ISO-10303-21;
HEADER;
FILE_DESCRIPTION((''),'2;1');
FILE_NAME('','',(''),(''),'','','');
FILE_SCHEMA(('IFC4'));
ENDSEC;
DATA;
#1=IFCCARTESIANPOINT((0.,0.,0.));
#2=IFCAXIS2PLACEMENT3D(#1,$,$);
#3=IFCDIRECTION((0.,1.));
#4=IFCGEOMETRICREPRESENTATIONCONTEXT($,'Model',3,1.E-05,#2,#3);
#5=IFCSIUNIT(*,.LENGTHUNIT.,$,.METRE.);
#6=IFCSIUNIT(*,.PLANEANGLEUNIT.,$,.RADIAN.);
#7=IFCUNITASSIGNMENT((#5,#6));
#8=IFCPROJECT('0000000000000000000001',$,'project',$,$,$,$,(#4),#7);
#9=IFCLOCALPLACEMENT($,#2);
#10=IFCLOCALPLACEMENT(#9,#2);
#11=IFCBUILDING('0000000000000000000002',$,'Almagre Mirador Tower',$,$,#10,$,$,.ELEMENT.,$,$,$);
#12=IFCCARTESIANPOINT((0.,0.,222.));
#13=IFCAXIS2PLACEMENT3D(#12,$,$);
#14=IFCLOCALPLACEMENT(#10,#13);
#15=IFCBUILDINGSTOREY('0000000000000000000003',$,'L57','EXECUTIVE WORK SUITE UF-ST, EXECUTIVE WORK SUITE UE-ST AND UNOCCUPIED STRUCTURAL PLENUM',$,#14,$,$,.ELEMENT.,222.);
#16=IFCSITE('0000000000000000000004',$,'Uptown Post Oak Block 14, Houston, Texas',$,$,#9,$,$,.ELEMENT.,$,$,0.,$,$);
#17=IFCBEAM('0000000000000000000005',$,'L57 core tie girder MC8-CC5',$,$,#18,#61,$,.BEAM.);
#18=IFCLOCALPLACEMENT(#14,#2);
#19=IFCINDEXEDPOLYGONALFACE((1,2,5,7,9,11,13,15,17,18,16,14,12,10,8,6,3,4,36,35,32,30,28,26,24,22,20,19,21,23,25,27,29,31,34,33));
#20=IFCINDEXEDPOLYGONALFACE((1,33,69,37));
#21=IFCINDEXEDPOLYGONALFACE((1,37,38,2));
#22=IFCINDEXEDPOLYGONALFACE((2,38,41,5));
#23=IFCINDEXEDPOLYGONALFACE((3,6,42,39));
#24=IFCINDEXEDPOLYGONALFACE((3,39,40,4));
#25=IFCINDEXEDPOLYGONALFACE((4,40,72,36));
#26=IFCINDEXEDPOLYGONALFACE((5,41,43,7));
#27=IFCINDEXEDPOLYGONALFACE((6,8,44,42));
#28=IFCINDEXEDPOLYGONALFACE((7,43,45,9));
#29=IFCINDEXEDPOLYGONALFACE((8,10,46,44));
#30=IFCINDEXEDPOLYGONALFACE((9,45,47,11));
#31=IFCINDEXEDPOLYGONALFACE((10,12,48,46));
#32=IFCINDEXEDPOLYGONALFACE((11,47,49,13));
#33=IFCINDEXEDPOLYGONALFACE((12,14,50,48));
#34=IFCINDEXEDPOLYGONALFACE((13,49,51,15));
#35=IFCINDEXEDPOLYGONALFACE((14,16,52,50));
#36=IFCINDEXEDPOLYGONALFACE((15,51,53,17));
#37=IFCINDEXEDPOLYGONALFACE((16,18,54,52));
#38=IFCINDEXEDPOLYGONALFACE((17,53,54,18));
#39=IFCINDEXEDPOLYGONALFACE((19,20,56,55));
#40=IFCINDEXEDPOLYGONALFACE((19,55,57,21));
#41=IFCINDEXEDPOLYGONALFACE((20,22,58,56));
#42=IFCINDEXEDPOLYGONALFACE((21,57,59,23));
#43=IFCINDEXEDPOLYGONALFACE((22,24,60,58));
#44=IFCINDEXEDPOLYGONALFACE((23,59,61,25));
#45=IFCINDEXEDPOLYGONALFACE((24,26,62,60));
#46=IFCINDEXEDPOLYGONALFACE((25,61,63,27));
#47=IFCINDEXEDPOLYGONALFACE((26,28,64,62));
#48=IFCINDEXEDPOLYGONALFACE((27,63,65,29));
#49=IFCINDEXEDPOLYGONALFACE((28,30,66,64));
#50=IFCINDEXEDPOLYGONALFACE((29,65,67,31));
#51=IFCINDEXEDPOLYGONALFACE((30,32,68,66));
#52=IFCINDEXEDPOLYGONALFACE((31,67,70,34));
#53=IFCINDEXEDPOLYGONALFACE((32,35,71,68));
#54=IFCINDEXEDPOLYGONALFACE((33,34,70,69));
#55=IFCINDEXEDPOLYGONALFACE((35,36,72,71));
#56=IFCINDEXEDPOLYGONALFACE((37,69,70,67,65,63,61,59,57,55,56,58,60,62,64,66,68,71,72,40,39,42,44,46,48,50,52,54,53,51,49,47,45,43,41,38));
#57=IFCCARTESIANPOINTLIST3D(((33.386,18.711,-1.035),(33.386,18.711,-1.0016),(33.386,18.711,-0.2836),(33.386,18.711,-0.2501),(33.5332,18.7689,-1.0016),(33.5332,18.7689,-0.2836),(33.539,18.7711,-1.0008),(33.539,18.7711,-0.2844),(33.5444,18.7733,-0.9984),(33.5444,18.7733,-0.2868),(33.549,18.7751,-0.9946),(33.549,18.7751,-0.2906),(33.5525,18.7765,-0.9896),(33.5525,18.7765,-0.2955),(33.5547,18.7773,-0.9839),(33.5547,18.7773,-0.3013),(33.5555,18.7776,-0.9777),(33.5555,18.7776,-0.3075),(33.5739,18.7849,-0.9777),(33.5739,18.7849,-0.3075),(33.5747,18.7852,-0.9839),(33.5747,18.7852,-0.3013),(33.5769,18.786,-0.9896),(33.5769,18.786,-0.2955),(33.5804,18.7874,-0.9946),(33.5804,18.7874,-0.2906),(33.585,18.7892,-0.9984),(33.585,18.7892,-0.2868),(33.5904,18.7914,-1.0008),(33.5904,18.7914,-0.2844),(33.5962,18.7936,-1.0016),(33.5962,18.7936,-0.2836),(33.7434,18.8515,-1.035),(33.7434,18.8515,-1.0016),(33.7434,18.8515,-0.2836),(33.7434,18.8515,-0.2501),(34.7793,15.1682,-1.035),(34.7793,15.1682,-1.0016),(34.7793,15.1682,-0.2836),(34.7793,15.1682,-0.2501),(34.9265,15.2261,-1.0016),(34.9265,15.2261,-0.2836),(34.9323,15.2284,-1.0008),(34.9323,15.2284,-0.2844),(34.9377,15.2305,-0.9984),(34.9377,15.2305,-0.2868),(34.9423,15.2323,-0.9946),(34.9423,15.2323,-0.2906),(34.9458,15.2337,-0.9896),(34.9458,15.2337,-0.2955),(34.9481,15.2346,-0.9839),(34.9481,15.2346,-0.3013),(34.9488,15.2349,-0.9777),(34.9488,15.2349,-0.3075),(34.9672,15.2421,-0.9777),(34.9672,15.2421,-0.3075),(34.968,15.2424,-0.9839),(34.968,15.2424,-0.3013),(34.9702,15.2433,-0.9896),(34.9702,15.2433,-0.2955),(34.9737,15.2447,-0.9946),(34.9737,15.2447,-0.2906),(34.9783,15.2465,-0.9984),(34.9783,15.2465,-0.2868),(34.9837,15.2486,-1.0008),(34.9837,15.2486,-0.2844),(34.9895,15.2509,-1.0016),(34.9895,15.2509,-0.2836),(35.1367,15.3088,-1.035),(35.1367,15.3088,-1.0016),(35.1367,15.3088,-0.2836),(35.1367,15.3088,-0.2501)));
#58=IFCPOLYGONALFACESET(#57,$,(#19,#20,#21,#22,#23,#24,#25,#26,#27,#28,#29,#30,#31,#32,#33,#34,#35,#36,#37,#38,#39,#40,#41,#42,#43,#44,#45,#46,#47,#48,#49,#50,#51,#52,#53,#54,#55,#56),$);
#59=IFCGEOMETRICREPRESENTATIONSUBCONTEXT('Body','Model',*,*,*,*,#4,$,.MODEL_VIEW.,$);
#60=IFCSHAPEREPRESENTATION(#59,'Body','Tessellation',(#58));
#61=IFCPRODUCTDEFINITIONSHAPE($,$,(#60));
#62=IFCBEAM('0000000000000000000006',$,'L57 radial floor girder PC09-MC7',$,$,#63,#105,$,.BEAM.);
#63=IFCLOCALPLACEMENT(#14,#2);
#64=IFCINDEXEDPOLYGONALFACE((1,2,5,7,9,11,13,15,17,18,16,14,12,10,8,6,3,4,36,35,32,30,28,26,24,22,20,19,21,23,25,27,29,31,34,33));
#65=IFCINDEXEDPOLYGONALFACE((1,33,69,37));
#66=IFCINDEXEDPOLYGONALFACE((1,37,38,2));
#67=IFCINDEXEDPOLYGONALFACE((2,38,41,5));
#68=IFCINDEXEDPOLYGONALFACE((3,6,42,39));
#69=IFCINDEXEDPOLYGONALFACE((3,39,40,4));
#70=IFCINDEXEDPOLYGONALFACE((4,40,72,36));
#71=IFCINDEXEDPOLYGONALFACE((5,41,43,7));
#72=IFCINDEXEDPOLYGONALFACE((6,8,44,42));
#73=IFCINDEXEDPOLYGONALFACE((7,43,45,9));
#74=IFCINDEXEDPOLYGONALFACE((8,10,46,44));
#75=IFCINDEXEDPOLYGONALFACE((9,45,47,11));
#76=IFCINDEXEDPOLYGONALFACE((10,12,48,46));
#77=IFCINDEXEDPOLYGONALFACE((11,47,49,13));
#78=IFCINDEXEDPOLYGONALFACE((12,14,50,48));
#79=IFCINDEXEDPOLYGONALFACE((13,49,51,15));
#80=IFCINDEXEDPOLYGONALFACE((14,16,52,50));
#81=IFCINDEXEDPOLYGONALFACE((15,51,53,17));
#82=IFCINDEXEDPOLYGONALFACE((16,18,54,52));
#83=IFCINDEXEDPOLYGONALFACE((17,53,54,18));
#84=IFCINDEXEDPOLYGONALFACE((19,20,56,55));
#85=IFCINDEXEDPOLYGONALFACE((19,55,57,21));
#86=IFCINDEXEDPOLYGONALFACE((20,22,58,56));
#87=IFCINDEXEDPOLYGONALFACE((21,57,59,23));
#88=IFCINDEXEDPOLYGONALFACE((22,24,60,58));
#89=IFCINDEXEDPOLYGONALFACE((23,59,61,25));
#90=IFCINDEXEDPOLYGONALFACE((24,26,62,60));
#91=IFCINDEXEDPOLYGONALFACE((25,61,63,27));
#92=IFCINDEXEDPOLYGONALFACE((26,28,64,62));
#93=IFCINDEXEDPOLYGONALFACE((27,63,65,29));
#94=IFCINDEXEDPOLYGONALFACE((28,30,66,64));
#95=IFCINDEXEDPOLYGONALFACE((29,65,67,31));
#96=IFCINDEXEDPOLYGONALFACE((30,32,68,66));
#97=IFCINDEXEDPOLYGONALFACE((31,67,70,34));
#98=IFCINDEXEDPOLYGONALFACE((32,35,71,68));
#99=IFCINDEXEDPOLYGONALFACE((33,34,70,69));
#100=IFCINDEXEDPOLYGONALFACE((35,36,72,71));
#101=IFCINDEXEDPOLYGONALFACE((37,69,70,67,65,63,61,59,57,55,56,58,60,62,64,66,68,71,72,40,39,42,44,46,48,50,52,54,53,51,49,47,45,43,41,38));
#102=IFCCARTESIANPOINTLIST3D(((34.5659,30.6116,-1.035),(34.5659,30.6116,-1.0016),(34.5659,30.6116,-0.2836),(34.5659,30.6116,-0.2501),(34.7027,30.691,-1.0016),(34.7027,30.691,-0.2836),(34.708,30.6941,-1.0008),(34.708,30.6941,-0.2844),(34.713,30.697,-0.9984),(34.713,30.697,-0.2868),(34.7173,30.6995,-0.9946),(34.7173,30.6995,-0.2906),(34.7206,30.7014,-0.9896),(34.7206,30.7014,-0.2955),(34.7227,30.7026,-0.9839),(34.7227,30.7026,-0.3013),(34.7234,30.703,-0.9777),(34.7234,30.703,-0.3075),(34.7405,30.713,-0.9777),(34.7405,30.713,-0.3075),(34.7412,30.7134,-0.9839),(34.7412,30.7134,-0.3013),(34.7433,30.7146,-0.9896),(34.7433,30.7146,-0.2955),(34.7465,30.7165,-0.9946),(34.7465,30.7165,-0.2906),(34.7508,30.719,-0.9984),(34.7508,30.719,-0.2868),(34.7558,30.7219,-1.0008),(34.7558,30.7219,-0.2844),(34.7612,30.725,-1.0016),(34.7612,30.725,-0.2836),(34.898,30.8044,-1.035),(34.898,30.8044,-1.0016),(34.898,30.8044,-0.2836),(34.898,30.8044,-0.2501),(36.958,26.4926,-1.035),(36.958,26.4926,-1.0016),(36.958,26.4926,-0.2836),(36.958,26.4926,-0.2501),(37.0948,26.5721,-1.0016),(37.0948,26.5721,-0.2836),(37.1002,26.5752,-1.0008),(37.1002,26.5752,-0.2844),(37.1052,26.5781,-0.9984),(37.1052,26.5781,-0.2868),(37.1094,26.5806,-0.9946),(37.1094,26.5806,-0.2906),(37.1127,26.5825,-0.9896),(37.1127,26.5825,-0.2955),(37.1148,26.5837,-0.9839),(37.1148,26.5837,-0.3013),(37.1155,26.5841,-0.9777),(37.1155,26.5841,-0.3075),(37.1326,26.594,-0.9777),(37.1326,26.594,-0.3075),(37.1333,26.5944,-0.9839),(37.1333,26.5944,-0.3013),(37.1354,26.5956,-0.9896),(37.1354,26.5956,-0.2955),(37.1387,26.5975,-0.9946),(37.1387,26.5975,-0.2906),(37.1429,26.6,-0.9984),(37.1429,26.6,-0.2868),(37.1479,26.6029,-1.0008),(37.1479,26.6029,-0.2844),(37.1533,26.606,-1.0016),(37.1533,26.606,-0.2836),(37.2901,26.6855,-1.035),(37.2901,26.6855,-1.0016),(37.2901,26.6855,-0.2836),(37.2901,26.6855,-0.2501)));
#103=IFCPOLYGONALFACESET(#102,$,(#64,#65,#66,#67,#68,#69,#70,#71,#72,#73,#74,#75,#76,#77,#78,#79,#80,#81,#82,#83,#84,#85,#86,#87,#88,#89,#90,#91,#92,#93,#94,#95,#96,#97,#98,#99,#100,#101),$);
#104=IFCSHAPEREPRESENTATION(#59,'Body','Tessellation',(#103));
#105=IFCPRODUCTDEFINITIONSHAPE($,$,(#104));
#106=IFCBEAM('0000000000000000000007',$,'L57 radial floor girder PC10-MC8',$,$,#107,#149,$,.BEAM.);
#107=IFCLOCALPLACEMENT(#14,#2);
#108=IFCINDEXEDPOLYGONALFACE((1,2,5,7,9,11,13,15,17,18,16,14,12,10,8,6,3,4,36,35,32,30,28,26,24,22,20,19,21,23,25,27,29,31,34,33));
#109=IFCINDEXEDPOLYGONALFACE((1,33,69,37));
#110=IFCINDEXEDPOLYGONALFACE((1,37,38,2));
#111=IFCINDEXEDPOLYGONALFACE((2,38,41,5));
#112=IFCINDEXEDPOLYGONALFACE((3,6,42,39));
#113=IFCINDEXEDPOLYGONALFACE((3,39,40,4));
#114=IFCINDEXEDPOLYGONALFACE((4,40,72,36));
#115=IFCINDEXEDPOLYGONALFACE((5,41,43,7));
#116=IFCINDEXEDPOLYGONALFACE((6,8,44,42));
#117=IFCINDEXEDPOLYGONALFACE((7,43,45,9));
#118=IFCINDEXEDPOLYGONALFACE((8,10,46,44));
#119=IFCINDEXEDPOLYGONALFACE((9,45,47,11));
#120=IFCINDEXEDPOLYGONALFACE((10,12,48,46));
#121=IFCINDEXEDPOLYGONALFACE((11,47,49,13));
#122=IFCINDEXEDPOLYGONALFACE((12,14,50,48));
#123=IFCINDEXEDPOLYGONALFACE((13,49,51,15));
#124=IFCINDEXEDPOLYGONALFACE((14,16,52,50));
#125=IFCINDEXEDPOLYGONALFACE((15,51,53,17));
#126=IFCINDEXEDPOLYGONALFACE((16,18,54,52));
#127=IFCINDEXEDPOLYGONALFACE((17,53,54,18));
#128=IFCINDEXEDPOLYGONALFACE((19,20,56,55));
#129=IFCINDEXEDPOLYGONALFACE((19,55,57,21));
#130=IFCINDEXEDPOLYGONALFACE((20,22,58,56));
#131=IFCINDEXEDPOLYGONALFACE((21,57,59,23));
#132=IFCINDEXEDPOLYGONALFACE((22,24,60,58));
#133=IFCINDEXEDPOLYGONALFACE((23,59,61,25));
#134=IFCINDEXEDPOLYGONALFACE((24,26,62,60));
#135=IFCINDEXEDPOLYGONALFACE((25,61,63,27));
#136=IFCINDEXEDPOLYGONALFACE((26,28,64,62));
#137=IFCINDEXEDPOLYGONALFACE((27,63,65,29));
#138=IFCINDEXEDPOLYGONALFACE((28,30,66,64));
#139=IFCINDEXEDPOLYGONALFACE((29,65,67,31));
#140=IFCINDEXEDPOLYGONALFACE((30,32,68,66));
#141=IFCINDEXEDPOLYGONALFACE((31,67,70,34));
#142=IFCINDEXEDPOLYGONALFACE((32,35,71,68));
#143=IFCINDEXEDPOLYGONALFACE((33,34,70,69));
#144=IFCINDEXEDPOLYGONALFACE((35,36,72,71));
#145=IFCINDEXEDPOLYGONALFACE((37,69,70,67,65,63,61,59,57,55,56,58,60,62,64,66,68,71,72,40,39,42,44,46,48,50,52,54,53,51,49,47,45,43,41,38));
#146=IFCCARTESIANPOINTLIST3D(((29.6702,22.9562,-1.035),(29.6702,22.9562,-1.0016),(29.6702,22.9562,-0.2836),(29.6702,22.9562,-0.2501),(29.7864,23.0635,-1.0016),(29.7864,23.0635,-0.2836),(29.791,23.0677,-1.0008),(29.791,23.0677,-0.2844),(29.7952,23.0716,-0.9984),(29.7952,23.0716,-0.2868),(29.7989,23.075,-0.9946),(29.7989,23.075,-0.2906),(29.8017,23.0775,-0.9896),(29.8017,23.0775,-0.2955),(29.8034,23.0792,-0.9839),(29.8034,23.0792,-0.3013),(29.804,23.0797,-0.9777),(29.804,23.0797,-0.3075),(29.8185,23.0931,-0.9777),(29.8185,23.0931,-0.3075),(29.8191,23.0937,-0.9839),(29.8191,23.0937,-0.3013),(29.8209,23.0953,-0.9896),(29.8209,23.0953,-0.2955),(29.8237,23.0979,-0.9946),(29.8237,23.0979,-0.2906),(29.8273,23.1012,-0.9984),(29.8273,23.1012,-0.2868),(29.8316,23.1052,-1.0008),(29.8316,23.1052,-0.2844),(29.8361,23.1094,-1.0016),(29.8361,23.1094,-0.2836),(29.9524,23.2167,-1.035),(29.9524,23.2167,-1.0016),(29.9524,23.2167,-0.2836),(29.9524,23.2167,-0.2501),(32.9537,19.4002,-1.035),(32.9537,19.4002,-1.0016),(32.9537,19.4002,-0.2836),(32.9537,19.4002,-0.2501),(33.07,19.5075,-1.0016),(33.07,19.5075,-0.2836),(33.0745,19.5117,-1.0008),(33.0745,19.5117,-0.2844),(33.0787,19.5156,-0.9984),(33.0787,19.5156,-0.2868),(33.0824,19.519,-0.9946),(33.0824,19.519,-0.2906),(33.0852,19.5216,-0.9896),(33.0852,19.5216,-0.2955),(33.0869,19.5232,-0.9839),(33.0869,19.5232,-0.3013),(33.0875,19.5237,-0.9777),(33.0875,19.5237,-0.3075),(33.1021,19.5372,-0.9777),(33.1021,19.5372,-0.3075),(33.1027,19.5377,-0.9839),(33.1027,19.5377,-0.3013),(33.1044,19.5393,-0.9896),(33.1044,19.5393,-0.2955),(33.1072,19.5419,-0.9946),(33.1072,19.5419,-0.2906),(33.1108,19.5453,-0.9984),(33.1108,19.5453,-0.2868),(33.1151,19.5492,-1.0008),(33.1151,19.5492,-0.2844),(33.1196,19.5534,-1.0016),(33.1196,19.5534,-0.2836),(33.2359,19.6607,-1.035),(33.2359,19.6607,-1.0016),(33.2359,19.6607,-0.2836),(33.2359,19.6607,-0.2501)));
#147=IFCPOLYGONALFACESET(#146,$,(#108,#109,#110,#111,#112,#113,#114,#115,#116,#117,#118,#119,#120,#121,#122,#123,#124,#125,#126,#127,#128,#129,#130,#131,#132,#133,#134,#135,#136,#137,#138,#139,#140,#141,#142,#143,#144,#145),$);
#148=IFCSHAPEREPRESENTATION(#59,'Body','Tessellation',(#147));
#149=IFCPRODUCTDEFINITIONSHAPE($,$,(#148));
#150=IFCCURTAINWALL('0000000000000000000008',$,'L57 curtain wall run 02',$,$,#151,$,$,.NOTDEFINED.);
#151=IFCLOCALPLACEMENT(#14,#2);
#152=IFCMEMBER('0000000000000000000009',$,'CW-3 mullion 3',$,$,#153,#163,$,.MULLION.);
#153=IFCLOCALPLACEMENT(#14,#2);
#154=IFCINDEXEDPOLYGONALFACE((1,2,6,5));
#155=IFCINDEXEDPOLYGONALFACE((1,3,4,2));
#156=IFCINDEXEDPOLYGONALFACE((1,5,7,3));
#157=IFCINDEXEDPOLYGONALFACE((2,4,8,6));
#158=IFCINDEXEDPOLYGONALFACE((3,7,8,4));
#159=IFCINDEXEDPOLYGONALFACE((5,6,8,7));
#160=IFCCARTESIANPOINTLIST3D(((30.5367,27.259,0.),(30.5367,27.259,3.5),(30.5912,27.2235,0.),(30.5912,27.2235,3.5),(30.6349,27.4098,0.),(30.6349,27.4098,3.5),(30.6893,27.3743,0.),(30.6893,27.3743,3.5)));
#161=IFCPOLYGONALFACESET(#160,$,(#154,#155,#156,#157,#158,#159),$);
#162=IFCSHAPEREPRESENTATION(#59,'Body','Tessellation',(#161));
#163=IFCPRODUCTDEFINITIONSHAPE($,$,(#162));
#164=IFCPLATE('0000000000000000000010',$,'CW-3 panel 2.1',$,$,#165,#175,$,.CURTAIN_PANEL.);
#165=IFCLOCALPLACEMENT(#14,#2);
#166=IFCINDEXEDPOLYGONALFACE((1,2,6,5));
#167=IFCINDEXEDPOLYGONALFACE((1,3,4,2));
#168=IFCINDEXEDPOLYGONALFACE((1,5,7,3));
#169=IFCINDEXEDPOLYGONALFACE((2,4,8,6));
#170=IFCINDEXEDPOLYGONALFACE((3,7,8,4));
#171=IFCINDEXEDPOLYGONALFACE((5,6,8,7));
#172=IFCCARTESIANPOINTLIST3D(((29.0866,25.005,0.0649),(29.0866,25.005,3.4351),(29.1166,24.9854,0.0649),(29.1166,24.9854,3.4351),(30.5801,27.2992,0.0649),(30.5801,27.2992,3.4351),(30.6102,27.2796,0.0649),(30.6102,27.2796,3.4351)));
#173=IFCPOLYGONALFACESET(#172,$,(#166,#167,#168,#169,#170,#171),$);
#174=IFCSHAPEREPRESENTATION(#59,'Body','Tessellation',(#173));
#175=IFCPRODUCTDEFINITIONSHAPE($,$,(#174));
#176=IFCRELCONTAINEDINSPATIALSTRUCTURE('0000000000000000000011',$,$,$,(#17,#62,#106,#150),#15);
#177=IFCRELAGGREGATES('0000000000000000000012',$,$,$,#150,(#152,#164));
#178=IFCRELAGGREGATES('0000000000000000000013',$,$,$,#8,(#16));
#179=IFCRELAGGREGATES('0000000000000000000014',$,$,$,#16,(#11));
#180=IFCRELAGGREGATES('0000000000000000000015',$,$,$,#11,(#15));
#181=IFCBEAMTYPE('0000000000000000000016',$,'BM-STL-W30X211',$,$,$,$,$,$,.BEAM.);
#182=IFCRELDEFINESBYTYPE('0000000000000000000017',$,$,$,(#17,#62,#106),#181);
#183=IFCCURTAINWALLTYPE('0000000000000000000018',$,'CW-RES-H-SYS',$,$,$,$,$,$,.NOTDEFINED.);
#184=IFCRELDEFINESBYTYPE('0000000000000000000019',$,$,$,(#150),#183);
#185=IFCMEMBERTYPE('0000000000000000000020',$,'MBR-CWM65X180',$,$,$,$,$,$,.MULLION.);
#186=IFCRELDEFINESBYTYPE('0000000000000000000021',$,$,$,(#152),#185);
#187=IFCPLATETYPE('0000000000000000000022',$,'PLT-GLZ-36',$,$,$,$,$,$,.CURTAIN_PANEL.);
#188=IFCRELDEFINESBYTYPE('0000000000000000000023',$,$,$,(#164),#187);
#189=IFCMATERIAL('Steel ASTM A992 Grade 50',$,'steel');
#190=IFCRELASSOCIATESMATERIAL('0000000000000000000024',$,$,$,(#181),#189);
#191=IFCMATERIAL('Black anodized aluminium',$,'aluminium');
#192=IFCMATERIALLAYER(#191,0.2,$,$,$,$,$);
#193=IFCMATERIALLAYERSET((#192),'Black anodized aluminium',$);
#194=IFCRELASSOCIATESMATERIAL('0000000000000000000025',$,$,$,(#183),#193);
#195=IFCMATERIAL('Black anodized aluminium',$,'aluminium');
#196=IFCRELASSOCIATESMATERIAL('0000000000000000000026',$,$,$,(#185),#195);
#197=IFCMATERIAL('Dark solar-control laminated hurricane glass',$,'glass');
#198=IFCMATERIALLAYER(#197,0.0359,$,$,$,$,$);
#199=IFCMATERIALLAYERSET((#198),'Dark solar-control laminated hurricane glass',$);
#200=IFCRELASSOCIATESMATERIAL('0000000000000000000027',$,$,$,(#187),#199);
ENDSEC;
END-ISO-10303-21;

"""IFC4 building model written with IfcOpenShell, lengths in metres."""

from ifc_helpers import new_model, si_unit, direction, frame, origin, origin_2d, place, context, subcontext, project, spatial, rectangle, i_section, extrude, material, layer, layer_set, material_profile, profile_set, type_object, element, aggregate, save


model = new_model("IFC4")

# Units and contexts
model_context = context("Model", 3, precision=1e-05, world=origin(), true_north=direction((0.0, 1.0)))
body_context = subcontext(model_context, "Body", "Model", "MODEL_VIEW")
ifc_project = project(units=[si_unit("LENGTHUNIT", "METRE"), si_unit("PLANEANGLEUNIT", "RADIAN")], contexts=[model_context])

# Site, building, storey
site_placement = place(None, origin())
site = spatial("IfcSite", under=ifc_project, at=site_placement, Name="Uptown Post Oak Block 14, Houston, Texas", CompositionType="ELEMENT", RefElevation=0.0)
building_placement = place(site_placement, origin())
building = spatial("IfcBuilding", under=site, at=building_placement, Name="Almagre Mirador Tower", CompositionType="ELEMENT")
storey_placement = place(building_placement, frame((0.0, 0.0, 222.0)))
storey = spatial("IfcBuildingStorey", under=building, at=storey_placement, Name="L57", Description="EXECUTIVE WORK SUITE UF-ST, EXECUTIVE WORK SUITE UE-ST AND UNOCCUPIED STRUCTURAL PLENUM", CompositionType="ELEMENT", Elevation=222.0)

# Beams
ifc_material_1 = material(Name="Steel ASTM A992 Grade 50", Category="steel")
ifc_material_profile_1 = material_profile(ifc_material_1, i_section(OverallWidth=0.384, OverallDepth=0.7849, WebThickness=0.0198, FlangeThickness=0.0334, FilletRadius=0.0239, at=origin_2d()), Name="W30X211")
ifc_profile_set_1 = profile_set([ifc_material_profile_1], Name="Steel ASTM A992 Grade 50")
beam_type_1 = type_object("IfcBeamType", Name="BM-STL-W30X211", PredefinedType="BEAM", material=ifc_profile_set_1)
beam_1_placement = place(storey_placement, frame((33.5647, 18.7812, -0.6426), z_axis=(0.366, -0.930615, 0.0), x_axis=(0.930615, 0.366, 0.0)))
element("IfcBeam", 1, at=beam_1_placement, inside=storey, type_object=beam_type_1, Name="L57 core tie girder MC8-CC5", PredefinedType="BEAM", context=body_context, shape_type="SweptSolid", body=[
    extrude(i_section(OverallWidth=0.384, OverallDepth=0.7849, WebThickness=0.0198, FlangeThickness=0.0334, FilletRadius=0.0239, at=origin_2d()), origin(), (0.0, 0.0, 1.0), 3.8069),
])
beam_2_placement = place(storey_placement, frame((34.7319, 30.708, -0.6426), z_axis=(0.50221, -0.864746, 0.0), x_axis=(0.864746, 0.50221, 0.0)))
element("IfcBeam", 2, at=beam_2_placement, inside=storey, type_object=beam_type_1, Name="L57 radial floor girder PC09-MC7", PredefinedType="BEAM", context=body_context, shape_type="SweptSolid", body=[
    extrude(i_section(OverallWidth=0.384, OverallDepth=0.7849, WebThickness=0.0198, FlangeThickness=0.0334, FilletRadius=0.0239, at=origin_2d()), origin(), (0.0, 0.0, 1.0), 4.7632),
])
beam_3_placement = place(storey_placement, frame((29.8113, 23.0864, -0.6426), z_axis=(0.6784, -0.734693, 0.0), x_axis=(0.734693, 0.6784, 0.0)))
element("IfcBeam", 3, at=beam_3_placement, inside=storey, type_object=beam_type_1, Name="L57 radial floor girder PC10-MC8", PredefinedType="BEAM", context=body_context, shape_type="SweptSolid", body=[
    extrude(i_section(OverallWidth=0.384, OverallDepth=0.7849, WebThickness=0.0198, FlangeThickness=0.0334, FilletRadius=0.0239, at=origin_2d()), origin(), (0.0, 0.0, 1.0), 4.8401),
])

# Curtain wall, member, plate
ifc_material_2 = material(Name="Black anodized aluminium", Category="aluminium")
ifc_layer_1 = layer(ifc_material_2, 0.2)
ifc_layer_set_1 = layer_set([ifc_layer_1], Name="Black anodized aluminium")
curtain_wall_type = type_object("IfcCurtainWallType", Name="CW-RES-H-SYS", PredefinedType="NOTDEFINED", material=ifc_layer_set_1)
curtain_wall_placement = place(storey_placement, origin())
curtain_wall = element("IfcCurtainWall", 4, at=curtain_wall_placement, inside=storey, type_object=curtain_wall_type, Name="L57 curtain wall run 02", PredefinedType="NOTDEFINED")
ifc_material_3 = material(Name="Black anodized aluminium", Category="aluminium")
ifc_material_profile_2 = material_profile(ifc_material_3, rectangle(XDim=0.0649, YDim=0.1799, at=origin_2d()), Name="CWM65X180")
ifc_profile_set_2 = profile_set([ifc_material_profile_2], Name="Black anodized aluminium")
member_type = type_object("IfcMemberType", Name="MBR-CWM65X180", PredefinedType="MULLION", material=ifc_profile_set_2)
member_placement = place(storey_placement, frame((30.613, 27.3167, 0.0), z_axis=(0.0, 0.0, 1.0), x_axis=(-0.838049, 0.545596, 0.0)))
member = element("IfcMember", 5, at=member_placement, type_object=member_type, Name="CW-3 mullion 3", PredefinedType="MULLION", context=body_context, shape_type="SweptSolid", body=[
    extrude(rectangle(XDim=0.0649, YDim=0.1799, at=origin_2d()), origin(), (0.0, 0.0, 1.0), 3.5),
])
ifc_material_4 = material(Name="Dark solar-control laminated hurricane glass", Category="glass")
ifc_layer_2 = layer(ifc_material_4, 0.0359)
ifc_layer_set_2 = layer_set([ifc_layer_2], Name="Dark solar-control laminated hurricane glass")
plate_type = type_object("IfcPlateType", Name="PLT-GLZ-36", PredefinedType="CURTAIN_PANEL", material=ifc_layer_set_2)
plate_placement = place(storey_placement, frame((29.8484, 26.1423, 0.0649), z_axis=(0.0, 0.0, 1.0), x_axis=(0.545596, 0.838049, 0.0)))
plate = element("IfcPlate", 6, at=plate_placement, type_object=plate_type, Name="CW-3 panel 2.1", PredefinedType="CURTAIN_PANEL", context=body_context, shape_type="SweptSolid", body=[
    extrude(rectangle(XDim=2.7375, YDim=0.0359, at=origin_2d()), origin(), (0.0, 0.0, 1.0), 3.3701),
])
aggregate(curtain_wall, [member, plate])

save(model, "model.ifc")
